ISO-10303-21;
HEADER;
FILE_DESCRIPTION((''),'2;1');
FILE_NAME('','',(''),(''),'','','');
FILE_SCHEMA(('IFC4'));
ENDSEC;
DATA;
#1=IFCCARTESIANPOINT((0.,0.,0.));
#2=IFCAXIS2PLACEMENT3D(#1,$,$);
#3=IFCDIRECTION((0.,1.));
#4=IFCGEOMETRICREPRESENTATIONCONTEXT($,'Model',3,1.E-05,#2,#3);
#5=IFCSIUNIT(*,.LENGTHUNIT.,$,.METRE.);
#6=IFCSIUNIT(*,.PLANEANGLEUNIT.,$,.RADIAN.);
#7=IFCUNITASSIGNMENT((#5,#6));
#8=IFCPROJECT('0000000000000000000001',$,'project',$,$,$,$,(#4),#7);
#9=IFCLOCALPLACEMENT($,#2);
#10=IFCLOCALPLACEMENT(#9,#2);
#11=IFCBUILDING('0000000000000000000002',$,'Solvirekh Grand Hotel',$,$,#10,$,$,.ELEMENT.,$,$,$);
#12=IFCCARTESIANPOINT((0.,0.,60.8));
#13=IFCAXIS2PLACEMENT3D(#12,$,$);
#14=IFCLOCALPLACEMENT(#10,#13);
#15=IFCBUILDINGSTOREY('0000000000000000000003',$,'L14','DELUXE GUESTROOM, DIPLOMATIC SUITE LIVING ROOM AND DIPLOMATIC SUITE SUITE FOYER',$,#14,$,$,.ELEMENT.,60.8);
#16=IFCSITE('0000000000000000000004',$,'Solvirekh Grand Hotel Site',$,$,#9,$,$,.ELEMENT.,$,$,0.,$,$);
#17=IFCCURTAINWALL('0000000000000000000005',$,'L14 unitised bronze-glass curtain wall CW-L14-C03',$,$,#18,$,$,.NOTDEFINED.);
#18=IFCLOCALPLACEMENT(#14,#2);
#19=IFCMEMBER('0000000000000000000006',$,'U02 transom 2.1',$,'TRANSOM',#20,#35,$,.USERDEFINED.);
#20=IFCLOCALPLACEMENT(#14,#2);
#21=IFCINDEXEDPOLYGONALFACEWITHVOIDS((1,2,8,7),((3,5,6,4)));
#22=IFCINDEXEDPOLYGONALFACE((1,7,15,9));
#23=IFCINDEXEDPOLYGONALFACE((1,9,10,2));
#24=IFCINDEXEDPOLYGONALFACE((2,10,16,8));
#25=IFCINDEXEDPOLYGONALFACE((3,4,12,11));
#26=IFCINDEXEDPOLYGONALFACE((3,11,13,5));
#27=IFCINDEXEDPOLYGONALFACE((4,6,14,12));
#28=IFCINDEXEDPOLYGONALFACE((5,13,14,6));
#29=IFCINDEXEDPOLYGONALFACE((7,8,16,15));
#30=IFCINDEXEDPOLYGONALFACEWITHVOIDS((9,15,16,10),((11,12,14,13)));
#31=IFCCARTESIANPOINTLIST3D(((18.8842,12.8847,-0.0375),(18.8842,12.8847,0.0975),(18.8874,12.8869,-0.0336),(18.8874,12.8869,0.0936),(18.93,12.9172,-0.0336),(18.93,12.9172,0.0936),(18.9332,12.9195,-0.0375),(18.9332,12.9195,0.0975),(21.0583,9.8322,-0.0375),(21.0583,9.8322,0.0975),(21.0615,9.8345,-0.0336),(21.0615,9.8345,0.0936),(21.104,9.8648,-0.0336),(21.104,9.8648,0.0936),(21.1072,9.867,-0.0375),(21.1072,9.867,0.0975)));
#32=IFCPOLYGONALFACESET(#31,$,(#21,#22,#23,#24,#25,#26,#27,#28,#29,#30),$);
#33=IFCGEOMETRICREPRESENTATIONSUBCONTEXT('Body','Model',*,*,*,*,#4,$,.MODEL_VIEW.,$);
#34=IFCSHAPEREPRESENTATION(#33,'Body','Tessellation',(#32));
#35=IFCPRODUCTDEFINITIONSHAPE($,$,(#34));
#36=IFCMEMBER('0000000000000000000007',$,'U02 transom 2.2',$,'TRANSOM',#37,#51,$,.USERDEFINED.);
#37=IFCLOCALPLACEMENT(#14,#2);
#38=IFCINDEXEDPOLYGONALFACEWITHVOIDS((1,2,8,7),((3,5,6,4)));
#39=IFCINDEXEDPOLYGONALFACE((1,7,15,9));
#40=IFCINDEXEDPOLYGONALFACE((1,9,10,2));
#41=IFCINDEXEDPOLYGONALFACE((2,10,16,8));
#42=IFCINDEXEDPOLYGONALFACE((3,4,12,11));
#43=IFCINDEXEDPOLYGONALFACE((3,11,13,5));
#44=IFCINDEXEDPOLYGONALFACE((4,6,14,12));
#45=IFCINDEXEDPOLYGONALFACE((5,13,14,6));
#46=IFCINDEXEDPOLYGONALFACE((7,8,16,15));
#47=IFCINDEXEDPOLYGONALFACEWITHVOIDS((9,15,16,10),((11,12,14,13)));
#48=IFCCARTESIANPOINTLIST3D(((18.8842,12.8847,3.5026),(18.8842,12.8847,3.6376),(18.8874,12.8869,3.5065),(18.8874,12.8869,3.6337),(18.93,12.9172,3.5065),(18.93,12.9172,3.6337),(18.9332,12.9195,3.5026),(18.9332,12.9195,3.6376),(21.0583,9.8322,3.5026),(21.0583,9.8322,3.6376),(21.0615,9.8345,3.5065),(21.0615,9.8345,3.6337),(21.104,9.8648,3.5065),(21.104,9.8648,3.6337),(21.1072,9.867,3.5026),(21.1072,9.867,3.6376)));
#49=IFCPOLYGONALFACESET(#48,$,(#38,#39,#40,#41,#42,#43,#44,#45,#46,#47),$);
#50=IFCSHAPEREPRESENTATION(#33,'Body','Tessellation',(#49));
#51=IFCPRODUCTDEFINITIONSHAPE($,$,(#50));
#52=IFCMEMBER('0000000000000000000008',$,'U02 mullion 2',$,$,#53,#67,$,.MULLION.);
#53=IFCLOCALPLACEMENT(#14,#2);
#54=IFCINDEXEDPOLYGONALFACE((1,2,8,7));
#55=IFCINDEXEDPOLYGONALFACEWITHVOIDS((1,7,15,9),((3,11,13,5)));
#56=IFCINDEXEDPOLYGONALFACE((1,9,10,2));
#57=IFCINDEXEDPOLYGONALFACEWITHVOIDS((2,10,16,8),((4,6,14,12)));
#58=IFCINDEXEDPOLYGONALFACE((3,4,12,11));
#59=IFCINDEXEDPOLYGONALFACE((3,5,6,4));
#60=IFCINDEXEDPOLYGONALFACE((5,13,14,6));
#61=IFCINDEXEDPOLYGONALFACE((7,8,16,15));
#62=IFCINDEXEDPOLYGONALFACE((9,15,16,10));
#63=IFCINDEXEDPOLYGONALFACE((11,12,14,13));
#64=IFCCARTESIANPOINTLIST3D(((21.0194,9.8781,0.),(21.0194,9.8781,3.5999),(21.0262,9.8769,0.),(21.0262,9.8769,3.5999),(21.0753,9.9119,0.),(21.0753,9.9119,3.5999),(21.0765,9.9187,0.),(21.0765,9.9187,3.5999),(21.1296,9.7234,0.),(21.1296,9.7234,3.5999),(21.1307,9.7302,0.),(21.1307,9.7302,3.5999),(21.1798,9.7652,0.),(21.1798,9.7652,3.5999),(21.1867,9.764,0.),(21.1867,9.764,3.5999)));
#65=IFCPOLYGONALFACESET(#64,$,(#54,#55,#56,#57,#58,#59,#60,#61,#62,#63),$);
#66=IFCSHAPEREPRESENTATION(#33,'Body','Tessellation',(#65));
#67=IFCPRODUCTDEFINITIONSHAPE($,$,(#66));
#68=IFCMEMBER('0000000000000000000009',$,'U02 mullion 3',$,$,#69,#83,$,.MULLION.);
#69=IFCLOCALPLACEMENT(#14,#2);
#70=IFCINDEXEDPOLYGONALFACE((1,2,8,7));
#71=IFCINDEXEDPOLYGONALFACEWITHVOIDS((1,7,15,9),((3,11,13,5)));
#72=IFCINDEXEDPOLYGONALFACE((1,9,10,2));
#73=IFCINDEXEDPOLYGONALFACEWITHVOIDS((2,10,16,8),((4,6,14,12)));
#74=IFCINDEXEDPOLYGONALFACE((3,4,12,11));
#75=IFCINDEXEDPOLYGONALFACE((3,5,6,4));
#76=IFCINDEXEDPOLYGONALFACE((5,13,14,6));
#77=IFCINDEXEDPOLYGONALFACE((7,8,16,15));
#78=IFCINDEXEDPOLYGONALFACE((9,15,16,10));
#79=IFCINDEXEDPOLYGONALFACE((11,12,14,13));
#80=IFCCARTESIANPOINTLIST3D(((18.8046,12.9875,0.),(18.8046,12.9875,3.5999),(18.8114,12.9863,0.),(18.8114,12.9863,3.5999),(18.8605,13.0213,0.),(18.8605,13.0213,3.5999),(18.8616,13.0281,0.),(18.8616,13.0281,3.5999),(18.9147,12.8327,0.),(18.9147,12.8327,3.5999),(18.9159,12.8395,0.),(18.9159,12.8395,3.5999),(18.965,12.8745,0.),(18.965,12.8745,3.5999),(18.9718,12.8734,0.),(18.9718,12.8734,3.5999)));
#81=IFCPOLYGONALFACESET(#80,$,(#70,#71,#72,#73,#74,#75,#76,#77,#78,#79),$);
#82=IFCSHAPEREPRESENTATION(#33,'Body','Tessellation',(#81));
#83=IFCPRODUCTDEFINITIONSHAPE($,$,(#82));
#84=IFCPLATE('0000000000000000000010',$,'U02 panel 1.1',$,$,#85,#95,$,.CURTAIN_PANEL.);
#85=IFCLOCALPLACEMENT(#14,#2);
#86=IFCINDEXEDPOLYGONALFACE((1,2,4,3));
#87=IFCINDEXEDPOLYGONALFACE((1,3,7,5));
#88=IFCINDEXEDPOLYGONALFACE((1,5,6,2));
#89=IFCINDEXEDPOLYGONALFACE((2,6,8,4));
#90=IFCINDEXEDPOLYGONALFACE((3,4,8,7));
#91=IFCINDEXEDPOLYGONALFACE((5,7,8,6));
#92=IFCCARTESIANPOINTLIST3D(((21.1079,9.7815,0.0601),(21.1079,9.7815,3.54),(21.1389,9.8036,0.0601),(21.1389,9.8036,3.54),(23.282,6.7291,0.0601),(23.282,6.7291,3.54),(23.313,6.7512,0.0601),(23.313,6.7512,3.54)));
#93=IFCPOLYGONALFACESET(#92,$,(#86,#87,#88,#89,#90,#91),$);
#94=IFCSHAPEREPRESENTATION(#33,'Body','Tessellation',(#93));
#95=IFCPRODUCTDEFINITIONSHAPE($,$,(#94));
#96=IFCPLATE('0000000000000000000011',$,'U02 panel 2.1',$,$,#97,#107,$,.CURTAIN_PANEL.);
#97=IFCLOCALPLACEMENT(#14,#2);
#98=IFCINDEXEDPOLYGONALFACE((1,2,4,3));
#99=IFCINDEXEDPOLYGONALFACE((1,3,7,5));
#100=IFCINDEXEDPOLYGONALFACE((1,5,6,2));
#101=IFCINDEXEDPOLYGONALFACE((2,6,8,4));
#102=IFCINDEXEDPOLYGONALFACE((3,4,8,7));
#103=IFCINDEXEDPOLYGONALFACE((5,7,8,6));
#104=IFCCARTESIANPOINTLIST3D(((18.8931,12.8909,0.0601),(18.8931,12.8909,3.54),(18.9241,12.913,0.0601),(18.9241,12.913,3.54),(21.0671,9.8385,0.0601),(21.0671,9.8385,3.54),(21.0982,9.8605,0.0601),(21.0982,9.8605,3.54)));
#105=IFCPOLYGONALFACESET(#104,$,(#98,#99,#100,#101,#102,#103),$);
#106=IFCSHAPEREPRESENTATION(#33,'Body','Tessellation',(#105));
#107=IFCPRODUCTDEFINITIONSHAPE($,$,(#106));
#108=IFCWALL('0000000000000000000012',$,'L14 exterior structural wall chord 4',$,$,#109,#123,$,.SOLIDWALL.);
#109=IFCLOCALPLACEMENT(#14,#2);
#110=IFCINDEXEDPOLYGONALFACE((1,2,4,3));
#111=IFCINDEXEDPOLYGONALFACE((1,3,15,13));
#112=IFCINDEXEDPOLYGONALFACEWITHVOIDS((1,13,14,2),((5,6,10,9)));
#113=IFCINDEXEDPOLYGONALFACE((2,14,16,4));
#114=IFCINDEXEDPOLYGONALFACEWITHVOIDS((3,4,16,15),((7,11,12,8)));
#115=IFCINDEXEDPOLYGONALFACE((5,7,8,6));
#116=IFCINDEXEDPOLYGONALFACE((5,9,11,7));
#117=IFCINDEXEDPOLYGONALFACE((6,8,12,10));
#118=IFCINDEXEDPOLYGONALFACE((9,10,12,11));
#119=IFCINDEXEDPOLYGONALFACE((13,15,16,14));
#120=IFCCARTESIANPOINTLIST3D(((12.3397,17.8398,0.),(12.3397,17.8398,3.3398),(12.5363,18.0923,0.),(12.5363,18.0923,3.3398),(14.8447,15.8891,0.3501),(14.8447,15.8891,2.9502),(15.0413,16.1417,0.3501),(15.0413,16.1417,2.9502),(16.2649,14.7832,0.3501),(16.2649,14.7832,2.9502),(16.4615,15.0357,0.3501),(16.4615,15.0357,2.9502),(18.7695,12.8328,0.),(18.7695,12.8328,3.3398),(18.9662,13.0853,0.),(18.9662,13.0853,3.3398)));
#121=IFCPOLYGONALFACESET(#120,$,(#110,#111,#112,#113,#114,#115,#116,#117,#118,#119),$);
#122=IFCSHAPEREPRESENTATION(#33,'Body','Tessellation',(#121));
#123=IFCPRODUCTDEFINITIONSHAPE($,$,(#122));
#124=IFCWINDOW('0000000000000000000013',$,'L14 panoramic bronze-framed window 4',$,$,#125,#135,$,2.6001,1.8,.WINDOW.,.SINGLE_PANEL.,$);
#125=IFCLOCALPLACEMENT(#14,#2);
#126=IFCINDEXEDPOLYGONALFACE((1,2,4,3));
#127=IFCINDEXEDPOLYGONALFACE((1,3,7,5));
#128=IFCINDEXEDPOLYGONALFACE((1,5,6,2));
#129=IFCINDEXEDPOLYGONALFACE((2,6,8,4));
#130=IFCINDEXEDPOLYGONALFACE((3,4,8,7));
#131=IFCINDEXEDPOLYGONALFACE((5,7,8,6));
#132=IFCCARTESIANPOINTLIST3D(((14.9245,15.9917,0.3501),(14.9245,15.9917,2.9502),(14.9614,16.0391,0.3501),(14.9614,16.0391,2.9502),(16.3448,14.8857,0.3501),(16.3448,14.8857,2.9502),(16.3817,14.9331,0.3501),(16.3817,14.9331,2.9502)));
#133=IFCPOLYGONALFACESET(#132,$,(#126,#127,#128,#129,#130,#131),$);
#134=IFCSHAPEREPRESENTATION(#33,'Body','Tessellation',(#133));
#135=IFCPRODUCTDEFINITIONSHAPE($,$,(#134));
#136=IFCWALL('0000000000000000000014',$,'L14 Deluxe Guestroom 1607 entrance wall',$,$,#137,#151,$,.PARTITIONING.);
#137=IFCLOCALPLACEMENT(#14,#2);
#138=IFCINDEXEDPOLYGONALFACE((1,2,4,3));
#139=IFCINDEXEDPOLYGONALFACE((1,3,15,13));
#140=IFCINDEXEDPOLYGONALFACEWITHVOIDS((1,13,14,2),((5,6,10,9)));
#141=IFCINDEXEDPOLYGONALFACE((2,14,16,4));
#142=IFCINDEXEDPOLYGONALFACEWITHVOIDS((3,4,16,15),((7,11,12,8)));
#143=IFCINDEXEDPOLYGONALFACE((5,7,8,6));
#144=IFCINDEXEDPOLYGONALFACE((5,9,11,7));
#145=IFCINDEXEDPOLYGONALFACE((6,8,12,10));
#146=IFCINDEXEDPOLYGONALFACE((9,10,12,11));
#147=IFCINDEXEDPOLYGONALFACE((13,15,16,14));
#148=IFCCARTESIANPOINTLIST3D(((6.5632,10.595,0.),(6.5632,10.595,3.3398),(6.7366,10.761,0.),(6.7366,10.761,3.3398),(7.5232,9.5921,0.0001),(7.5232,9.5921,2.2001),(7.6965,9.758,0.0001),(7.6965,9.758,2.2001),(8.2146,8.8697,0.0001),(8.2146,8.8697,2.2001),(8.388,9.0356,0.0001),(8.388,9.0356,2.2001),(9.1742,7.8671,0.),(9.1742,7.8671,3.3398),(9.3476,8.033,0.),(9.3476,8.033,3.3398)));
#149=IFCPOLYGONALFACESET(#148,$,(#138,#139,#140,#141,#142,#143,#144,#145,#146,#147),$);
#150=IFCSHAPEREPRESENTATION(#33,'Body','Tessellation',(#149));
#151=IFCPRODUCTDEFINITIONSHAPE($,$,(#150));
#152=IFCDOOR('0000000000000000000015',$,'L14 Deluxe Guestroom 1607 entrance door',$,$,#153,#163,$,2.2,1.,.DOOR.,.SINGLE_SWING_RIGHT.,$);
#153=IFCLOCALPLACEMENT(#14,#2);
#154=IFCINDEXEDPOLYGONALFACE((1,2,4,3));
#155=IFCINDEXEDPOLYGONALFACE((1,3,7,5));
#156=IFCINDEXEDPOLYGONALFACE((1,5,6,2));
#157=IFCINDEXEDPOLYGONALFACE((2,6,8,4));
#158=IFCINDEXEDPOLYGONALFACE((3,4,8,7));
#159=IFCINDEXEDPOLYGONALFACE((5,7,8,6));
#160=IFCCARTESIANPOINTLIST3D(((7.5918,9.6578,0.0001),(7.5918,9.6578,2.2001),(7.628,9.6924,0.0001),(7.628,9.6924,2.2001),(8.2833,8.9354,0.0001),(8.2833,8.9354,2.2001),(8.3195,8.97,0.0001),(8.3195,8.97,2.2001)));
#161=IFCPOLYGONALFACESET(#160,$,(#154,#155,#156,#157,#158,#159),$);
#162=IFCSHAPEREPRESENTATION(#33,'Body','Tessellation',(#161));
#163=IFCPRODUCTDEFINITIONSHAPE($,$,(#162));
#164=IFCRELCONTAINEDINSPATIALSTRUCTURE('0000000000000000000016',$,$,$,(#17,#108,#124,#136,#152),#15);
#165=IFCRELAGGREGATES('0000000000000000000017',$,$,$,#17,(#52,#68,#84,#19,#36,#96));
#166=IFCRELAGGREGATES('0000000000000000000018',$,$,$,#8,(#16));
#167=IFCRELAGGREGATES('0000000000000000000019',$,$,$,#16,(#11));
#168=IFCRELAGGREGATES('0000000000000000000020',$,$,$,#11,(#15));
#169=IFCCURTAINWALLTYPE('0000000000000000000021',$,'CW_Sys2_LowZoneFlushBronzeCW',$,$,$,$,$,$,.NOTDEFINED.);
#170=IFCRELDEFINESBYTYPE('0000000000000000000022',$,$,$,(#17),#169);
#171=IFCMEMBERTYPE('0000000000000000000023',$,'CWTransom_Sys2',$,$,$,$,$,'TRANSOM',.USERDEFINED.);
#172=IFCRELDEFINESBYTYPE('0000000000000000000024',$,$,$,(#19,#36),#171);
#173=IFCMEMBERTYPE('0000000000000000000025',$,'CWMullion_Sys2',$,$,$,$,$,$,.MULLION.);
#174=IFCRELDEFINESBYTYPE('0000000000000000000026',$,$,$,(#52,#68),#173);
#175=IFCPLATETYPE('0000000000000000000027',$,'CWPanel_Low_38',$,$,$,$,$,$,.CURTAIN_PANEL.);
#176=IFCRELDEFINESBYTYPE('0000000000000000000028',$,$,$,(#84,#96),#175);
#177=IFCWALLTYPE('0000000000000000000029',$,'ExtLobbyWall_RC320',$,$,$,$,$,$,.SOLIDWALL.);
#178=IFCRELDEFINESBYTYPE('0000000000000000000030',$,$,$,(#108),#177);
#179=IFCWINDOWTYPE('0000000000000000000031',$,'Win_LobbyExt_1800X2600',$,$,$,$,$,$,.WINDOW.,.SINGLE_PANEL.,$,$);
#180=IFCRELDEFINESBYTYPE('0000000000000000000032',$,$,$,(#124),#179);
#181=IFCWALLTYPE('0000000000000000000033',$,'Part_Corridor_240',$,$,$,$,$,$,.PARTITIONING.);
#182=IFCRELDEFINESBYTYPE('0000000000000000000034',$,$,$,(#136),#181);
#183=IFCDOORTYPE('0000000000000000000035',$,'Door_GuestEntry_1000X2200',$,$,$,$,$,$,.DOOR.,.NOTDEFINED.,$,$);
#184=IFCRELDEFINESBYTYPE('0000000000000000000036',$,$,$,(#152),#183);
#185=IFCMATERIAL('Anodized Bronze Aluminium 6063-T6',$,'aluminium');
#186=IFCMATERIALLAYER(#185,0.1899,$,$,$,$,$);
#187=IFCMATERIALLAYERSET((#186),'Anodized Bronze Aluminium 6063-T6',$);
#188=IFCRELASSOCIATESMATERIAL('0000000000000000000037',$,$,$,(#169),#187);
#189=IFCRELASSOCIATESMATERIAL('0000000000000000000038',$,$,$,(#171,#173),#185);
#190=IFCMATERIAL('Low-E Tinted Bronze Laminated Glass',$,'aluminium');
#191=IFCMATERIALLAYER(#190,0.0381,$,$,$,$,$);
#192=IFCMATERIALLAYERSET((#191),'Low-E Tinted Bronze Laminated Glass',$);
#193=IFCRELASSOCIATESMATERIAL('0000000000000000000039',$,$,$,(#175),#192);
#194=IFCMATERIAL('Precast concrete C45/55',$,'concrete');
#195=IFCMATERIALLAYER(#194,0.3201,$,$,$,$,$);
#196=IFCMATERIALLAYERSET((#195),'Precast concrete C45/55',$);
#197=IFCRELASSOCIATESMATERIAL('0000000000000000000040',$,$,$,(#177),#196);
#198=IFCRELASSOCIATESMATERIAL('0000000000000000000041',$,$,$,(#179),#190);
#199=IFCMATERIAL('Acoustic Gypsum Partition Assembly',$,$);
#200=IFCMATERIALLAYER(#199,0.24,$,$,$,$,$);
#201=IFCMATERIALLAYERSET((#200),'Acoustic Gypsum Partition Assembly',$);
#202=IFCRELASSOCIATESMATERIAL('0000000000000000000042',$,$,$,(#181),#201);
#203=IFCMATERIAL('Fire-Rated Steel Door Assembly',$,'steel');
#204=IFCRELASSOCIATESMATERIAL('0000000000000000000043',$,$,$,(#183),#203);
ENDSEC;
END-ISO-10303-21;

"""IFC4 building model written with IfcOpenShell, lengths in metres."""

from ifc_helpers import new_model, si_unit, direction, frame, frame_2d, origin, origin_2d, place, context, subcontext, project, spatial, rectangle, hollow_rectangle, extrude, source, transform, mapped, material, layer, layer_set, material_profile, profile_set, type_object, element, fill, aggregate, save


model = new_model("IFC4")

# Units and contexts
model_context = context("Model", 3, precision=1e-05, world=origin(), true_north=direction((0.0, 1.0)))
body_context = subcontext(model_context, "Body", "Model", "MODEL_VIEW")
ifc_project = project(units=[si_unit("LENGTHUNIT", "METRE"), si_unit("PLANEANGLEUNIT", "RADIAN")], contexts=[model_context])

# Site, building, storey
site_placement = place(None, origin())
site = spatial("IfcSite", under=ifc_project, at=site_placement, Name="Solvirekh Grand Hotel Site", CompositionType="ELEMENT", RefElevation=0.0)
building_placement = place(site_placement, origin())
building = spatial("IfcBuilding", under=site, at=building_placement, Name="Solvirekh Grand Hotel", CompositionType="ELEMENT")
storey_placement = place(building_placement, frame((0.0, 0.0, 60.8)))
storey = spatial("IfcBuildingStorey", under=building, at=storey_placement, Name="L14", Description="DELUXE GUESTROOM, DIPLOMATIC SUITE LIVING ROOM AND DIPLOMATIC SUITE SUITE FOYER", CompositionType="ELEMENT", Elevation=60.8)

# Curtain wall, members, plates
ifc_material_1 = material(Name="Anodized Bronze Aluminium 6063-T6", Category="aluminium")
ifc_layer_1 = layer(ifc_material_1, 0.1899)
ifc_layer_set_1 = layer_set([ifc_layer_1], Name="Anodized Bronze Aluminium 6063-T6")
curtain_wall_type = type_object("IfcCurtainWallType", Name="CW_Sys2_LowZoneFlushBronzeCW", PredefinedType="NOTDEFINED", material=ifc_layer_set_1)
curtain_wall_placement = place(storey_placement, origin())
curtain_wall = element("IfcCurtainWall", 1, at=curtain_wall_placement, inside=storey, type_object=curtain_wall_type, Name="L14 unitised bronze-glass curtain wall CW-L14-C03", PredefinedType="NOTDEFINED")
ifc_material_profile_1 = material_profile(ifc_material_1, hollow_rectangle(XDim=0.0601, YDim=0.135, WallThickness=0.0039, at=origin_2d()), Name="ALU RHS 135X60X4")
ifc_profile_set_1 = profile_set([ifc_material_profile_1], Name="Anodized Bronze Aluminium 6063-T6")
member_type_1 = type_object("IfcMemberType", Name="CWTransom_Sys2", ElementType="TRANSOM", PredefinedType="USERDEFINED", material=ifc_profile_set_1)
shared_shape_1 = source(origin(), body_context, "Body", "SweptSolid", [
    extrude(hollow_rectangle(XDim=0.0601, YDim=0.135, WallThickness=0.0039, at=origin_2d()), origin(), (0.0, 0.0, 1.0), 3.7476),
])
member_1_placement = place(storey_placement, frame((21.0828, 9.8496, 0.03), z_axis=(-0.580128, 0.814525, 0.0), x_axis=(-0.814525, -0.580128, 0.0)))
member_1 = element("IfcMember", 2, at=member_1_placement, type_object=member_type_1, Name="U02 transom 2.1", ObjectType="TRANSOM", PredefinedType="USERDEFINED", context=body_context, shape_type="MappedRepresentation", body=[
    mapped(shared_shape_1, transform((0.0, 0.0, 0.0), x_axis=(1.0, 0.0, 0.0), y_axis=(0.0, 1.0, 0.0), z_axis=(0.0, 0.0, 1.0), scale=1.0)),
])
member_2_placement = place(storey_placement, frame((21.0828, 9.8496, 3.5701), z_axis=(-0.580128, 0.814525, 0.0), x_axis=(-0.814525, -0.580128, 0.0)))
member_2 = element("IfcMember", 3, at=member_2_placement, type_object=member_type_1, Name="U02 transom 2.2", ObjectType="TRANSOM", PredefinedType="USERDEFINED", context=body_context, shape_type="MappedRepresentation", body=[
    mapped(shared_shape_1, transform((0.0, 0.0, 0.0), x_axis=(1.0, 0.0, 0.0), y_axis=(0.0, 1.0, 0.0), z_axis=(0.0, 0.0, 1.0), scale=1.0)),
])
ifc_material_profile_2 = material_profile(ifc_material_1, hollow_rectangle(XDim=0.0701, YDim=0.1899, WallThickness=0.0049, at=origin_2d()), Name="ALU RHS 190X70X5")
ifc_profile_set_2 = profile_set([ifc_material_profile_2], Name="Anodized Bronze Aluminium 6063-T6")
member_type_2 = type_object("IfcMemberType", Name="CWMullion_Sys2", PredefinedType="MULLION", material=ifc_profile_set_2)
shared_shape_2 = source(origin(), body_context, "Body", "SweptSolid", [
    extrude(hollow_rectangle(XDim=0.0701, YDim=0.1899, WallThickness=0.0049, at=origin_2d()), origin(), (0.0, 0.0, 1.0), 3.5999),
])
member_3_placement = place(storey_placement, frame((21.103, 9.821, 0.0), z_axis=(0.0, 0.0, 1.0), x_axis=(-0.814522, -0.580133, 0.0)))
member_3 = element("IfcMember", 4, at=member_3_placement, type_object=member_type_2, Name="U02 mullion 2", PredefinedType="MULLION", context=body_context, shape_type="MappedRepresentation", body=[
    mapped(shared_shape_2, transform((0.0, 0.0, 0.0), x_axis=(1.0, 0.0, 0.0), y_axis=(0.0, 1.0, 0.0), z_axis=(0.0, 0.0, 1.0), scale=1.0)),
])
member_4_placement = place(storey_placement, frame((18.8882, 12.9304, 0.0), z_axis=(0.0, 0.0, 1.0), x_axis=(-0.814522, -0.580133, 0.0)))
member_4 = element("IfcMember", 5, at=member_4_placement, type_object=member_type_2, Name="U02 mullion 3", PredefinedType="MULLION", context=body_context, shape_type="MappedRepresentation", body=[
    mapped(shared_shape_2, transform((0.0, 0.0, 0.0), x_axis=(1.0, 0.0, 0.0), y_axis=(0.0, 1.0, 0.0), z_axis=(0.0, 0.0, 1.0), scale=1.0)),
])
ifc_material_2 = material(Name="Low-E Tinted Bronze Laminated Glass", Category="aluminium")
ifc_layer_2 = layer(ifc_material_2, 0.0381)
ifc_layer_set_2 = layer_set([ifc_layer_2], Name="Low-E Tinted Bronze Laminated Glass")
plate_type = type_object("IfcPlateType", Name="CWPanel_Low_38", PredefinedType="CURTAIN_PANEL", material=ifc_layer_set_2)
shared_shape_3 = source(origin(), body_context, "Body", "SweptSolid", [
    extrude(rectangle(XDim=3.7476, YDim=0.0381, at=origin_2d()), origin(), (0.0, 0.0, 1.0), 3.48),
])
plate_1_placement = place(storey_placement, frame((22.2104, 8.2664, 0.0601), z_axis=(0.0, 0.0, 1.0), x_axis=(-0.580133, 0.814522, 0.0)))
plate_1 = element("IfcPlate", 6, at=plate_1_placement, type_object=plate_type, Name="U02 panel 1.1", PredefinedType="CURTAIN_PANEL", context=body_context, shape_type="MappedRepresentation", body=[
    mapped(shared_shape_3, transform((0.0, 0.0, 0.0), x_axis=(1.0, 0.0, 0.0), y_axis=(0.0, 1.0, 0.0), z_axis=(0.0, 0.0, 1.0), scale=1.0)),
])
plate_2_placement = place(storey_placement, frame((19.9956, 11.3757, 0.0601), z_axis=(0.0, 0.0, 1.0), x_axis=(-0.580133, 0.814522, 0.0)))
plate_2 = element("IfcPlate", 7, at=plate_2_placement, type_object=plate_type, Name="U02 panel 2.1", PredefinedType="CURTAIN_PANEL", context=body_context, shape_type="MappedRepresentation", body=[
    mapped(shared_shape_3, transform((0.0, 0.0, 0.0), x_axis=(1.0, 0.0, 0.0), y_axis=(0.0, 1.0, 0.0), z_axis=(0.0, 0.0, 1.0), scale=1.0)),
])
aggregate(curtain_wall, [member_3, member_4, plate_1, member_1, member_2, plate_2])

# Wall, opening, window
ifc_material_3 = material(Name="Precast concrete C45/55", Category="concrete")
ifc_layer_3 = layer(ifc_material_3, 0.3201)
ifc_layer_set_3 = layer_set([ifc_layer_3], Name="Precast concrete C45/55")
wall_type_1 = type_object("IfcWallType", Name="ExtLobbyWall_RC320", PredefinedType="SOLIDWALL", material=ifc_layer_set_3)
wall_1_placement = place(storey_placement, frame((12.438, 17.9661, 0.0), z_axis=(0.0, 0.0, 1.0), x_axis=(0.788994, -0.614401, 0.0)))
wall_1 = element("IfcWall", 8, at=wall_1_placement, inside=storey, type_object=wall_type_1, Name="L14 exterior structural wall chord 4", PredefinedType="SOLIDWALL", context=body_context, shape_type="SweptSolid", body=[
    extrude(rectangle(XDim=8.1494, YDim=0.3201, at=frame_2d((4.0747, 0.0))), origin(), (0.0, 0.0, 1.0), 3.3398),
])
opening_1_placement = place(wall_1_placement, frame((3.175, 0.0, 0.3501)))
opening_1 = element("IfcOpeningElement", 9, at=opening_1_placement, cuts=wall_1, PredefinedType="OPENING", context=body_context, shape_type="SweptSolid", body=[
    extrude(rectangle(XDim=1.8, YDim=2.6001, at=frame_2d((0.8999, 1.3))), frame((0.0, 0.1699, 0.0), z_axis=(0.0, -1.0, 0.0), x_axis=(1.0, 0.0, 0.0)), (0.0, 0.0, 1.0), 0.3401),
])
window_type = type_object("IfcWindowType", Name="Win_LobbyExt_1800X2600", PartitioningType="SINGLE_PANEL", PredefinedType="WINDOW", material=ifc_material_2)
window_placement = place(opening_1_placement, origin())
window = element("IfcWindow", 10, at=window_placement, inside=storey, type_object=window_type, Name="L14 panoramic bronze-framed window 4", OverallHeight=2.6001, OverallWidth=1.8, PartitioningType="SINGLE_PANEL", PredefinedType="WINDOW", context=body_context, shape_type="SweptSolid", body=[
    extrude(rectangle(XDim=1.8, YDim=2.6001, at=frame_2d((0.8999, 1.3))), frame((0.0, 0.03, 0.0), z_axis=(0.0, -1.0, 0.0), x_axis=(1.0, 0.0, 0.0)), (0.0, 0.0, 1.0), 0.0601),
])
fill(opening_1, window)

# Wall, opening, door
ifc_material_4 = material(Name="Acoustic Gypsum Partition Assembly")
ifc_layer_4 = layer(ifc_material_4, 0.24)
ifc_layer_set_4 = layer_set([ifc_layer_4], Name="Acoustic Gypsum Partition Assembly")
wall_type_2 = type_object("IfcWallType", Name="Part_Corridor_240", PredefinedType="PARTITIONING", material=ifc_layer_set_4)
wall_2_placement = place(storey_placement, frame((9.261, 7.95, 0.0), z_axis=(0.0, 0.0, 1.0), x_axis=(-0.691453, 0.722421, 0.0)))
wall_2 = element("IfcWall", 11, at=wall_2_placement, inside=storey, type_object=wall_type_2, Name="L14 Deluxe Guestroom 1607 entrance wall", PredefinedType="PARTITIONING", context=body_context, shape_type="SweptSolid", body=[
    extrude(rectangle(XDim=3.7761, YDim=0.24, at=frame_2d((1.8882, 0.0))), origin(), (0.0, 0.0, 1.0), 3.3398),
])
opening_2_placement = place(wall_2_placement, frame((1.3879, 0.0, 0.0)))
opening_2 = element("IfcOpeningElement", 12, at=opening_2_placement, cuts=wall_2, PredefinedType="OPENING", context=body_context, shape_type="SweptSolid", body=[
    extrude(rectangle(XDim=1.0, YDim=2.2, at=frame_2d((0.5, 1.1001))), frame((0.0, 0.1299, 0.0), z_axis=(0.0, -1.0, 0.0), x_axis=(1.0, 0.0, 0.0)), (0.0, 0.0, 1.0), 0.26),
])
ifc_material_5 = material(Name="Fire-Rated Steel Door Assembly", Category="steel")
door_type_1 = type_object("IfcDoorType", Name="Door_GuestEntry_1000X2200", OperationType="NOTDEFINED", PredefinedType="DOOR", material=ifc_material_5)
door_1_placement = place(opening_2_placement, origin())
door_1 = element("IfcDoor", 13, at=door_1_placement, inside=storey, type_object=door_type_1, Name="L14 Deluxe Guestroom 1607 entrance door", OperationType="SINGLE_SWING_RIGHT", OverallHeight=2.2, OverallWidth=1.0, PredefinedType="DOOR", context=body_context, shape_type="SweptSolid", body=[
    extrude(rectangle(XDim=1.0, YDim=2.2, at=frame_2d((0.5, 1.1001))), frame((0.0, 0.0249, 0.0), z_axis=(0.0, -1.0, 0.0), x_axis=(1.0, 0.0, 0.0)), (0.0, 0.0, 1.0), 0.05),
])
fill(opening_2, door_1)

save(model, "model.ifc")
